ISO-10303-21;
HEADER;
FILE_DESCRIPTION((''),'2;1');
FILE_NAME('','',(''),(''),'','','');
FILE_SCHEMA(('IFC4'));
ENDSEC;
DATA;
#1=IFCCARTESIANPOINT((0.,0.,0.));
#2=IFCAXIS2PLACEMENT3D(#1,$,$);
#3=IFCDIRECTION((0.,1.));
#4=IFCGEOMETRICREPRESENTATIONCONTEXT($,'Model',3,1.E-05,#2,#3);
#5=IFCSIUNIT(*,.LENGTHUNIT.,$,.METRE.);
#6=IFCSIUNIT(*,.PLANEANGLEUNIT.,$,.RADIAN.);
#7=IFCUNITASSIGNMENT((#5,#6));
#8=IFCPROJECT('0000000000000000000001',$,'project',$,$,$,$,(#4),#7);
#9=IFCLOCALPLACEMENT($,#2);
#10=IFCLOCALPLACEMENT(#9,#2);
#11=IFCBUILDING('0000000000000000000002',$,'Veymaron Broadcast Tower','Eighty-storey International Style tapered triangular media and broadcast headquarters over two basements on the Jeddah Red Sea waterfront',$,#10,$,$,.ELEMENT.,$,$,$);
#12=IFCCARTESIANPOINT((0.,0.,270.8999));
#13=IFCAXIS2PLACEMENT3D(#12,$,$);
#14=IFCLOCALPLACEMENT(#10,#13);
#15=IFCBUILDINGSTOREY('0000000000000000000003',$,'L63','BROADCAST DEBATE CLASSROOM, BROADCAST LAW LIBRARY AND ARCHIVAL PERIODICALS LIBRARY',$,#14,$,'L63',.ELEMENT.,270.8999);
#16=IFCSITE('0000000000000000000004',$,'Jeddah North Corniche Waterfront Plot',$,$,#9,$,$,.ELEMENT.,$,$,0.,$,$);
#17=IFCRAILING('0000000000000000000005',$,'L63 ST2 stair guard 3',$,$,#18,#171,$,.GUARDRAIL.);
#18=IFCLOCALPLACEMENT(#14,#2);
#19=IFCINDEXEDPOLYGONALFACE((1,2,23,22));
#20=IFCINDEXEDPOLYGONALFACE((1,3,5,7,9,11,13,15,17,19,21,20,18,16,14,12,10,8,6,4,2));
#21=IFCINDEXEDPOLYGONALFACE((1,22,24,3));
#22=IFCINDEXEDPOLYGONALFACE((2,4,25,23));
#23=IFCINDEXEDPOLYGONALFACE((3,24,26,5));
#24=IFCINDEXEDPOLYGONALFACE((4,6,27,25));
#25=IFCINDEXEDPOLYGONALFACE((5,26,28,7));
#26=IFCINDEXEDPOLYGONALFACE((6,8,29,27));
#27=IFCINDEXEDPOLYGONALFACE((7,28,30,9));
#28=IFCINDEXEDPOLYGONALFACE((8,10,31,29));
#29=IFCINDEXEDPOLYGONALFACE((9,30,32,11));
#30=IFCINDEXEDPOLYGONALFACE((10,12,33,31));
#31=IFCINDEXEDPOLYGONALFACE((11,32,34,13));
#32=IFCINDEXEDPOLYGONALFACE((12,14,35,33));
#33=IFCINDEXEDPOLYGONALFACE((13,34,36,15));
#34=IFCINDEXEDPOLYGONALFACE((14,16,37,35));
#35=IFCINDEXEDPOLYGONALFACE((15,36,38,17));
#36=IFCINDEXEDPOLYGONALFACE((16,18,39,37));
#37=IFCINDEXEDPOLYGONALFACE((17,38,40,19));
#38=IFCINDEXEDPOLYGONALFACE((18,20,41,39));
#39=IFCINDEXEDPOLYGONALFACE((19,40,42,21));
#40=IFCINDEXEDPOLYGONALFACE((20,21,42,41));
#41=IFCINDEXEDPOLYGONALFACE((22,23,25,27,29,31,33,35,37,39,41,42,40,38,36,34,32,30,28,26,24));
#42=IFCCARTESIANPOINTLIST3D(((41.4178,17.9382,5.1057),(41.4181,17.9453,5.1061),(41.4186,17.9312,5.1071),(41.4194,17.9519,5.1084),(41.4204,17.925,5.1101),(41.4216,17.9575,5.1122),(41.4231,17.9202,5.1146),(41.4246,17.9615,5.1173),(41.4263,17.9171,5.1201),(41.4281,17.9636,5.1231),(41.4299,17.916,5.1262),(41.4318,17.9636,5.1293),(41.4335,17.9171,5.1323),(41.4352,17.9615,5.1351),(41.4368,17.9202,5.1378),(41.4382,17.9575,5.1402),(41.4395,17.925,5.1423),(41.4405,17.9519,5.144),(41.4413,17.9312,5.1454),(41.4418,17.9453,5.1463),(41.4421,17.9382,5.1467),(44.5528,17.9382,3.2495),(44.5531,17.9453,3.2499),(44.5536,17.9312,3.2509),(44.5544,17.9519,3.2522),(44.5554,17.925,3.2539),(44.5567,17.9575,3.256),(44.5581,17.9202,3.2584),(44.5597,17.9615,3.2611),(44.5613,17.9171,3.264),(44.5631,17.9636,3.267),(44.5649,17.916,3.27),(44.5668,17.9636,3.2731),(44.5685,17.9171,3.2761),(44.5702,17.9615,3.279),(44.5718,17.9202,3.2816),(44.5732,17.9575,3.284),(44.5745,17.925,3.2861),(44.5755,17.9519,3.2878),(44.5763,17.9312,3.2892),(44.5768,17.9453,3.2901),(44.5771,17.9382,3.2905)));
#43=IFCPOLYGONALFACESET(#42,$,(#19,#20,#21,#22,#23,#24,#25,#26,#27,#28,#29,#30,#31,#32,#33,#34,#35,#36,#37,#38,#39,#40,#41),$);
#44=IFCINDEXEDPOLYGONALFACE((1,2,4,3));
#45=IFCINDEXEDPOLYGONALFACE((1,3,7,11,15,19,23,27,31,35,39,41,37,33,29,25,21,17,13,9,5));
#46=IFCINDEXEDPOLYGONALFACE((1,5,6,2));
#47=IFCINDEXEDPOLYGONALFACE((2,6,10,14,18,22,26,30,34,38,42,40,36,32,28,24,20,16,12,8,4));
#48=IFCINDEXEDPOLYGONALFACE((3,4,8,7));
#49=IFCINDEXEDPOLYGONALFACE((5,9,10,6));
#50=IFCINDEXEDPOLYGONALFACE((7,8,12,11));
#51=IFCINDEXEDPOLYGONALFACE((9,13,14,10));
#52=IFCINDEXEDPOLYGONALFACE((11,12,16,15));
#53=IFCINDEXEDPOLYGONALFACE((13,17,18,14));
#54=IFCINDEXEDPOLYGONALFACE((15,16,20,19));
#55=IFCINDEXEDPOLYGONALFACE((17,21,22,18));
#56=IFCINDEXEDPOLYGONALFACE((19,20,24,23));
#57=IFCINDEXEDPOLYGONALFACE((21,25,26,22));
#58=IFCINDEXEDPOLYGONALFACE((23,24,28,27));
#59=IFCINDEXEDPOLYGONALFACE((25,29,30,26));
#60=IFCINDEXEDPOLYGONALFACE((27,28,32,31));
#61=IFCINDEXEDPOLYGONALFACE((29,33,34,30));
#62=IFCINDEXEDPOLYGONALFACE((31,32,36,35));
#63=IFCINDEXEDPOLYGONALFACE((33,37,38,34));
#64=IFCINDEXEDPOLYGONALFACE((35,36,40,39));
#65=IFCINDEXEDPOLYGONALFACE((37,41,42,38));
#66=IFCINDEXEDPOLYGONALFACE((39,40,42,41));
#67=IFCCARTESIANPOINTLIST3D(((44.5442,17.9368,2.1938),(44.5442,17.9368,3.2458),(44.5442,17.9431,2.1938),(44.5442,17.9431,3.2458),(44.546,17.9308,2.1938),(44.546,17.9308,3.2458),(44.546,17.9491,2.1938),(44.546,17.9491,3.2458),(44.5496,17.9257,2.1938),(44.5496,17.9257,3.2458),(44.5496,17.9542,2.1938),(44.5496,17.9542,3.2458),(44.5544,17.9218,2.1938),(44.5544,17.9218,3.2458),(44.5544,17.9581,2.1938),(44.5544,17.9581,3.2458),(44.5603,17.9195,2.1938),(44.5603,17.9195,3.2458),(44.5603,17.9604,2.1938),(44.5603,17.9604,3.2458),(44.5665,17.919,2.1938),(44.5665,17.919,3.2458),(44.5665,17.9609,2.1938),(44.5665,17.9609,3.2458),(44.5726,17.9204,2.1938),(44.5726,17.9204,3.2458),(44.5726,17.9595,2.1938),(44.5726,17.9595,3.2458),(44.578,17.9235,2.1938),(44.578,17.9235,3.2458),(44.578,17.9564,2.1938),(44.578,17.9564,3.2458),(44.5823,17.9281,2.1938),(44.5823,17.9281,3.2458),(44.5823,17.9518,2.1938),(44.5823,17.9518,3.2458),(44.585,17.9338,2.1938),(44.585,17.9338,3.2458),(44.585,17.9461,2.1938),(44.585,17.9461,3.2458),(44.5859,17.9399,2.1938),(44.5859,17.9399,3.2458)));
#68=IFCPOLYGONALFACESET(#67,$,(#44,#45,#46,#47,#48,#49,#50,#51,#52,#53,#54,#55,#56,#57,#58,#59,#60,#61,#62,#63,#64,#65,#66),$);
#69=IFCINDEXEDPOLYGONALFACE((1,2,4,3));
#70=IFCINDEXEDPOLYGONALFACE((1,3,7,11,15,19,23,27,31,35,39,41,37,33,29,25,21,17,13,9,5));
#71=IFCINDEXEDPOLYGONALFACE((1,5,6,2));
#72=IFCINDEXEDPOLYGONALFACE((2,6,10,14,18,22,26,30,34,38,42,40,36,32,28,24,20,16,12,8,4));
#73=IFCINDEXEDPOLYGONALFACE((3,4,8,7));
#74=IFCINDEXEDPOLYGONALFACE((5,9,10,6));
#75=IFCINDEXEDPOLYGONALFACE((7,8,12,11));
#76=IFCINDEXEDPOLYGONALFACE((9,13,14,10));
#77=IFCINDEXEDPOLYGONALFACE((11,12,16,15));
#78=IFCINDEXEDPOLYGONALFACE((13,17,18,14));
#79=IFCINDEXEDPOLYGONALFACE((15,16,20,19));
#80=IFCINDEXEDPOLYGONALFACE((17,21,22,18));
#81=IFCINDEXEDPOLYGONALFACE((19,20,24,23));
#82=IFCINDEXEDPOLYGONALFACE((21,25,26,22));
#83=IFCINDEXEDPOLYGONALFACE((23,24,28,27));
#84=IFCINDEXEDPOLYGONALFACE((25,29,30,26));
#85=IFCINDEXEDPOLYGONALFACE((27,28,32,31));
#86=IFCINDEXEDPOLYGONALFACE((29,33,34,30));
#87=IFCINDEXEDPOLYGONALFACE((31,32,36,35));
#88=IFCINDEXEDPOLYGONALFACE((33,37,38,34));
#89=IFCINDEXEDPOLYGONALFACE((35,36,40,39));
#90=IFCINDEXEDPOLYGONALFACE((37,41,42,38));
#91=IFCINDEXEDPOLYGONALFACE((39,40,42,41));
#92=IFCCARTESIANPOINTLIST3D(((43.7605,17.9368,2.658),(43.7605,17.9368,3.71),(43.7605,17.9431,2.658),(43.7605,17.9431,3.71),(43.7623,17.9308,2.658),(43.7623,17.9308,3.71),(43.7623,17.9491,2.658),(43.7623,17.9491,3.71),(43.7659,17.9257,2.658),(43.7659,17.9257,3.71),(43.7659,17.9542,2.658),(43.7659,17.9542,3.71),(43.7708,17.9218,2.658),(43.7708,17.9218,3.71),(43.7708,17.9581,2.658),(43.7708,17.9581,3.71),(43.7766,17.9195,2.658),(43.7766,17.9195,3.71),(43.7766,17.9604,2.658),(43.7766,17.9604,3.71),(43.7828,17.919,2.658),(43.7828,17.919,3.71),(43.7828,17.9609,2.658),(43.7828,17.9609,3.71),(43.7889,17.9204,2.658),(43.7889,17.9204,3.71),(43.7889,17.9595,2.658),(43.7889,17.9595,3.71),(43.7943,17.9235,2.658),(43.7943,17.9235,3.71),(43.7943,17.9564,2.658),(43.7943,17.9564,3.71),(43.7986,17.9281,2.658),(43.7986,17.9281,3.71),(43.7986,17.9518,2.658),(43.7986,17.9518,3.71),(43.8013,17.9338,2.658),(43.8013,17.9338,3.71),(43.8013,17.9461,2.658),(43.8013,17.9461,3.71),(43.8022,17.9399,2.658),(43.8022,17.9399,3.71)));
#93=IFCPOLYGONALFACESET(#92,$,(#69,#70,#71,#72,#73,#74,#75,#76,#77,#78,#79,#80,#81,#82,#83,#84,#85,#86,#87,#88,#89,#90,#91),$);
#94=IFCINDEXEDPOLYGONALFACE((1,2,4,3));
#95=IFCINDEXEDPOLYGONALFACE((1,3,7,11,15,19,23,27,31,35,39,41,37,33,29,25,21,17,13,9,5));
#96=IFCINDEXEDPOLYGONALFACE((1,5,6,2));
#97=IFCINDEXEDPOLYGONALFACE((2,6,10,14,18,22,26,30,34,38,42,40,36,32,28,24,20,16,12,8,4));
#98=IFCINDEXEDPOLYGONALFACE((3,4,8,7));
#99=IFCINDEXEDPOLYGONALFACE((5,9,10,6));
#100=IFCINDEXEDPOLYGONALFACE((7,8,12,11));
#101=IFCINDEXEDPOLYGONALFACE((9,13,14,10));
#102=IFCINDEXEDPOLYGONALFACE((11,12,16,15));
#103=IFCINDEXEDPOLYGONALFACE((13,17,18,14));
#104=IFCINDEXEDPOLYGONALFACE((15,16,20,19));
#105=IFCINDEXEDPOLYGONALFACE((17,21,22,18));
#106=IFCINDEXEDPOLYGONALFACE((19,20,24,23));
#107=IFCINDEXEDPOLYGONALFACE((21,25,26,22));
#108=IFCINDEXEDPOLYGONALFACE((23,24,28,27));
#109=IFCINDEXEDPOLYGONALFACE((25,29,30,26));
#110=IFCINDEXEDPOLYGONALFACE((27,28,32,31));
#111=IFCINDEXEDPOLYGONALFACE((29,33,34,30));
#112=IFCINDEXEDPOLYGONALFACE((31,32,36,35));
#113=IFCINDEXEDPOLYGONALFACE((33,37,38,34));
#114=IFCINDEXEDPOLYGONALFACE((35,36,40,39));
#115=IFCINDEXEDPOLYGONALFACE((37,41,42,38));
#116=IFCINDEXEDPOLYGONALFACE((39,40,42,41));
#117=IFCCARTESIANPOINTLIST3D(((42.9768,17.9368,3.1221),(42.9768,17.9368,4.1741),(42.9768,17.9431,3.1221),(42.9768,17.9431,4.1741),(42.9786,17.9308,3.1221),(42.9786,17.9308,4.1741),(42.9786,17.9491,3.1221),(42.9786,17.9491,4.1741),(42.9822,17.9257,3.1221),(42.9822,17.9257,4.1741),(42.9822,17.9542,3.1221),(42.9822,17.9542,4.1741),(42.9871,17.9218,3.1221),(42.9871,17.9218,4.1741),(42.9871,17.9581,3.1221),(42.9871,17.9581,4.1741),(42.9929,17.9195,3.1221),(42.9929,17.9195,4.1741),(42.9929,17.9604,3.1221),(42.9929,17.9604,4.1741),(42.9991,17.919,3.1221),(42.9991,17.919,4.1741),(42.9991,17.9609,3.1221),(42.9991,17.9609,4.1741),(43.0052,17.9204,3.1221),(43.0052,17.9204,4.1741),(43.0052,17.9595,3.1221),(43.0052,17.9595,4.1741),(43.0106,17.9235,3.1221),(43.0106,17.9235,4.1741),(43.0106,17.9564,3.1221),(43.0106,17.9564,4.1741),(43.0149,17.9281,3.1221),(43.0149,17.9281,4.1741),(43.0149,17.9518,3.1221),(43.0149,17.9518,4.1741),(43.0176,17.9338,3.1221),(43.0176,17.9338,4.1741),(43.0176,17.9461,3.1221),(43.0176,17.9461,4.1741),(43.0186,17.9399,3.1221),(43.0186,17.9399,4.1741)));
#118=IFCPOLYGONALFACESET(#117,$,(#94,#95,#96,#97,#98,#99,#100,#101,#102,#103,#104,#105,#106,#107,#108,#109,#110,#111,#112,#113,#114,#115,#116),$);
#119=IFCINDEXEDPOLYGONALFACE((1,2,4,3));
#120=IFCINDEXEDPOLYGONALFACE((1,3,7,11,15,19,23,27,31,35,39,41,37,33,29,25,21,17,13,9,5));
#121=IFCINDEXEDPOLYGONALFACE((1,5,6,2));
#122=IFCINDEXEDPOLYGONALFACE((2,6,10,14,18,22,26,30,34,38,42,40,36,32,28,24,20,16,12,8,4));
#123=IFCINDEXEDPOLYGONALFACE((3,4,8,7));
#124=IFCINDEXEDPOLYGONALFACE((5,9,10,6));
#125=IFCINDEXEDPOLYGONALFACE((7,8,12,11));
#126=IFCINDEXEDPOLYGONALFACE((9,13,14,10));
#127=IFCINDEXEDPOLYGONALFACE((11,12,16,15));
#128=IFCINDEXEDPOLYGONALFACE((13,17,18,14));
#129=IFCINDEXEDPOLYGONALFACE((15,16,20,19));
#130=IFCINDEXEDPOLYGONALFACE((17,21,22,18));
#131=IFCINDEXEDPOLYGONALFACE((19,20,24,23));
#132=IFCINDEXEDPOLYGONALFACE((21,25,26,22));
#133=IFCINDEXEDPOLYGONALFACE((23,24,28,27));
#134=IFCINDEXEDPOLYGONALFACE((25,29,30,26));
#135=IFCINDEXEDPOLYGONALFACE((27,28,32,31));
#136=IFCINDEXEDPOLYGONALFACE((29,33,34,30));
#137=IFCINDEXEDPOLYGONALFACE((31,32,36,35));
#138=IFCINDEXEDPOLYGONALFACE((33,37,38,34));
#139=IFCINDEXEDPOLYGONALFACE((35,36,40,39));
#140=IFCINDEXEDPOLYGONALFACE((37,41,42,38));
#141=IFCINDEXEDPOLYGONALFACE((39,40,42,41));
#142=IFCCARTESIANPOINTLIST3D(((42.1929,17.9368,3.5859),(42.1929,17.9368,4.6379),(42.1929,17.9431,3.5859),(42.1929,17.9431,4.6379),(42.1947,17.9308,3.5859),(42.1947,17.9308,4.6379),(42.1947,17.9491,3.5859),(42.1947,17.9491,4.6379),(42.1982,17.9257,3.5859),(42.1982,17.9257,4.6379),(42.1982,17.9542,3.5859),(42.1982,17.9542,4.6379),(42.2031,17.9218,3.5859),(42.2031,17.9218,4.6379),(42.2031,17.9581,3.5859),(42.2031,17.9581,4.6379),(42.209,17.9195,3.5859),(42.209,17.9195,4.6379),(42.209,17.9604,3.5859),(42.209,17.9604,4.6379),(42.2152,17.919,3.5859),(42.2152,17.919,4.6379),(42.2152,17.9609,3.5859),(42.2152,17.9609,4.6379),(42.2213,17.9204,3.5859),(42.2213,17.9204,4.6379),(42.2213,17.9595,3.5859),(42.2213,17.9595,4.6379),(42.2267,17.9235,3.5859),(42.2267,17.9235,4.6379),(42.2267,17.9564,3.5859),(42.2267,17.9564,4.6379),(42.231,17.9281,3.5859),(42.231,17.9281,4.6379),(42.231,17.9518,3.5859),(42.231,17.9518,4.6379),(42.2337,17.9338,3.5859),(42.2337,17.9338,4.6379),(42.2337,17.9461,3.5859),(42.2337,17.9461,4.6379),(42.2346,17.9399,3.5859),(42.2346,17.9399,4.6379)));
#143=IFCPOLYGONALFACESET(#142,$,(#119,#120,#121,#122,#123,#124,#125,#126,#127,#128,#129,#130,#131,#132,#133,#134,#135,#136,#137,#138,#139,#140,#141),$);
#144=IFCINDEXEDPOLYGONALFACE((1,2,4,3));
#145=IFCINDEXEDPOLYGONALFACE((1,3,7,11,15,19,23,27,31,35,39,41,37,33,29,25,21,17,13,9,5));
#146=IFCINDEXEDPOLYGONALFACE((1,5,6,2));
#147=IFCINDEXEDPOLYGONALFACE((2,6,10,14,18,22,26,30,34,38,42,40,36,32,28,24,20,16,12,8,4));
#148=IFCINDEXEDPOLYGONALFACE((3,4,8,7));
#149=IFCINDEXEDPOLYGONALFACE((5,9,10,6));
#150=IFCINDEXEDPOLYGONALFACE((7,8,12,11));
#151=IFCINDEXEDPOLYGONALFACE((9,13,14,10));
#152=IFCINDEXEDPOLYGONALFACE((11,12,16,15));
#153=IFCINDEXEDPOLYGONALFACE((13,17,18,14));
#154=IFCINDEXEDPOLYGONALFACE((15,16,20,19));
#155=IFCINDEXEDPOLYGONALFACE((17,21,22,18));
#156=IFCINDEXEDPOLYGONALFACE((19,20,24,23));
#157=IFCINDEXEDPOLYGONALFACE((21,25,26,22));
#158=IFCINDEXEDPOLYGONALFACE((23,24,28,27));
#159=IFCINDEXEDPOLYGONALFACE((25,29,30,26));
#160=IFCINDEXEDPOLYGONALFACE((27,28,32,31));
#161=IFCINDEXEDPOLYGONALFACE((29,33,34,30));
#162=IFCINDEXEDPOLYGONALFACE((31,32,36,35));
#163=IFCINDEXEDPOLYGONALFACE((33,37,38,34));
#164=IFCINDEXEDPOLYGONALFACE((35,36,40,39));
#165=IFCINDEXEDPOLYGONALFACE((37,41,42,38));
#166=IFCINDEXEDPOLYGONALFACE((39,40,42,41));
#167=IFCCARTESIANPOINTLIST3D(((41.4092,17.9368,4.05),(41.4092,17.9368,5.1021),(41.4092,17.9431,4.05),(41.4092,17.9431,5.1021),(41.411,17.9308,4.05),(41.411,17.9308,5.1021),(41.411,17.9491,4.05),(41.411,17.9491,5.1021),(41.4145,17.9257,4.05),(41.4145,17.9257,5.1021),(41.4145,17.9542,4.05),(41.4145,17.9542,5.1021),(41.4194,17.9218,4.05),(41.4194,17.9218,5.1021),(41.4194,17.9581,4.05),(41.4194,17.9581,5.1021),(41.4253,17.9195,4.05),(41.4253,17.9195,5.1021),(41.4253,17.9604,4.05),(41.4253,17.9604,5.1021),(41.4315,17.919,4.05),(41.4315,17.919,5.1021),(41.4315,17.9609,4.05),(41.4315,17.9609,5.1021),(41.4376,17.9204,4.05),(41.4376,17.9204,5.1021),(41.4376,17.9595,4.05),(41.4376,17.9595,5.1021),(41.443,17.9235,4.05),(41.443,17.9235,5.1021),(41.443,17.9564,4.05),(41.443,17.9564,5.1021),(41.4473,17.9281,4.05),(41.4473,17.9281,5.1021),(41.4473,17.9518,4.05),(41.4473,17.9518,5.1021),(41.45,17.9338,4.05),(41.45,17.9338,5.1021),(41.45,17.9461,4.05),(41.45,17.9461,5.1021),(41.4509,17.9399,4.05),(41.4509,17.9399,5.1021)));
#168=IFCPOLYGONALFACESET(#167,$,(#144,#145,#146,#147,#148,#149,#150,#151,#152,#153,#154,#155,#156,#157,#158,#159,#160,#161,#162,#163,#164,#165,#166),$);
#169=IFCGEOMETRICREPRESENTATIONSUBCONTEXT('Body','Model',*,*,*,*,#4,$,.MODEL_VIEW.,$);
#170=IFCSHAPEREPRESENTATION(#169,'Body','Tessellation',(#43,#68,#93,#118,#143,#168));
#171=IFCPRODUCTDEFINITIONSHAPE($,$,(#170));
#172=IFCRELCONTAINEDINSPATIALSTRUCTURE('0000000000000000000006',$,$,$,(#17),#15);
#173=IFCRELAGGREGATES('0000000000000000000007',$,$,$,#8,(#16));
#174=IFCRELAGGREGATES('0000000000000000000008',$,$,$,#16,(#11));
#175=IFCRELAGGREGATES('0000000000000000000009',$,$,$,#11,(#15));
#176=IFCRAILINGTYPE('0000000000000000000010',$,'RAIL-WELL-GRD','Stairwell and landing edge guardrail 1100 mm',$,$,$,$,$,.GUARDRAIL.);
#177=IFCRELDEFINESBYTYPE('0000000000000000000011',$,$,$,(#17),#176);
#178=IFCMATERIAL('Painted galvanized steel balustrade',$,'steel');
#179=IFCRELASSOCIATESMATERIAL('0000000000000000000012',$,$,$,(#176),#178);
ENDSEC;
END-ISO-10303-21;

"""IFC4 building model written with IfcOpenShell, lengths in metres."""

from ifc_helpers import new_model, si_unit, direction, frame, origin, origin_2d, place, context, subcontext, project, spatial, circle, extrude, material, type_object, element, save


model = new_model("IFC4")

# Units and contexts
model_context = context("Model", 3, precision=1e-05, world=origin(), true_north=direction((0.0, 1.0)))
body_context = subcontext(model_context, "Body", "Model", "MODEL_VIEW")
ifc_project = project(units=[si_unit("LENGTHUNIT", "METRE"), si_unit("PLANEANGLEUNIT", "RADIAN")], contexts=[model_context])

# Site, building, storey
site_placement = place(None, origin())
site = spatial("IfcSite", under=ifc_project, at=site_placement, Name="Jeddah North Corniche Waterfront Plot", CompositionType="ELEMENT", RefElevation=0.0)
building_placement = place(site_placement, origin())
building = spatial("IfcBuilding", under=site, at=building_placement, Name="Veymaron Broadcast Tower", Description="Eighty-storey International Style tapered triangular media and broadcast headquarters over two basements on the Jeddah Red Sea waterfront", CompositionType="ELEMENT")
storey_placement = place(building_placement, frame((0.0, 0.0, 270.8999)))
storey = spatial("IfcBuildingStorey", under=building, at=storey_placement, Name="L63", Description="BROADCAST DEBATE CLASSROOM, BROADCAST LAW LIBRARY AND ARCHIVAL PERIODICALS LIBRARY", LongName="L63", CompositionType="ELEMENT", Elevation=270.8999)

# Railing
ifc_material_1 = material(Name="Painted galvanized steel balustrade", Category="steel")
railing_type_1 = type_object("IfcRailingType", Name="RAIL-WELL-GRD", Description="Stairwell and landing edge guardrail 1100 mm", PredefinedType="GUARDRAIL", material=ifc_material_1)
railing_1_placement = place(storey_placement, frame((44.5649, 17.9399, 2.1938)))
element("IfcRailing", 1, at=railing_1_placement, inside=storey, type_object=railing_type_1, Name="L63 ST2 stair guard 3", PredefinedType="GUARDRAIL", context=body_context, shape_type="SweptSolid", body=[
    extrude(circle(Radius=0.0239, at=origin_2d()), frame((0.0, 0.0, 1.0762), z_axis=(-0.860482, 0.0, 0.509481), x_axis=(0.0, -1.0, 0.0)), (0.0, 0.0, 1.0), 3.6433),
    extrude(circle(Radius=0.021, at=origin_2d()), origin(), (0.0, 0.0, 1.0), 1.052),
    extrude(circle(Radius=0.021, at=origin_2d()), frame((-0.7837, 0.0, 0.4641)), (0.0, 0.0, 1.0), 1.052),
    extrude(circle(Radius=0.021, at=origin_2d()), frame((-1.5674, 0.0, 0.9282)), (0.0, 0.0, 1.0), 1.052),
    extrude(circle(Radius=0.021, at=origin_2d()), frame((-2.3513, 0.0, 1.3921)), (0.0, 0.0, 1.0), 1.052),
    extrude(circle(Radius=0.021, at=origin_2d()), frame((-3.135, 0.0, 1.8562)), (0.0, 0.0, 1.0), 1.052),
])

save(model, "model.ifc")
